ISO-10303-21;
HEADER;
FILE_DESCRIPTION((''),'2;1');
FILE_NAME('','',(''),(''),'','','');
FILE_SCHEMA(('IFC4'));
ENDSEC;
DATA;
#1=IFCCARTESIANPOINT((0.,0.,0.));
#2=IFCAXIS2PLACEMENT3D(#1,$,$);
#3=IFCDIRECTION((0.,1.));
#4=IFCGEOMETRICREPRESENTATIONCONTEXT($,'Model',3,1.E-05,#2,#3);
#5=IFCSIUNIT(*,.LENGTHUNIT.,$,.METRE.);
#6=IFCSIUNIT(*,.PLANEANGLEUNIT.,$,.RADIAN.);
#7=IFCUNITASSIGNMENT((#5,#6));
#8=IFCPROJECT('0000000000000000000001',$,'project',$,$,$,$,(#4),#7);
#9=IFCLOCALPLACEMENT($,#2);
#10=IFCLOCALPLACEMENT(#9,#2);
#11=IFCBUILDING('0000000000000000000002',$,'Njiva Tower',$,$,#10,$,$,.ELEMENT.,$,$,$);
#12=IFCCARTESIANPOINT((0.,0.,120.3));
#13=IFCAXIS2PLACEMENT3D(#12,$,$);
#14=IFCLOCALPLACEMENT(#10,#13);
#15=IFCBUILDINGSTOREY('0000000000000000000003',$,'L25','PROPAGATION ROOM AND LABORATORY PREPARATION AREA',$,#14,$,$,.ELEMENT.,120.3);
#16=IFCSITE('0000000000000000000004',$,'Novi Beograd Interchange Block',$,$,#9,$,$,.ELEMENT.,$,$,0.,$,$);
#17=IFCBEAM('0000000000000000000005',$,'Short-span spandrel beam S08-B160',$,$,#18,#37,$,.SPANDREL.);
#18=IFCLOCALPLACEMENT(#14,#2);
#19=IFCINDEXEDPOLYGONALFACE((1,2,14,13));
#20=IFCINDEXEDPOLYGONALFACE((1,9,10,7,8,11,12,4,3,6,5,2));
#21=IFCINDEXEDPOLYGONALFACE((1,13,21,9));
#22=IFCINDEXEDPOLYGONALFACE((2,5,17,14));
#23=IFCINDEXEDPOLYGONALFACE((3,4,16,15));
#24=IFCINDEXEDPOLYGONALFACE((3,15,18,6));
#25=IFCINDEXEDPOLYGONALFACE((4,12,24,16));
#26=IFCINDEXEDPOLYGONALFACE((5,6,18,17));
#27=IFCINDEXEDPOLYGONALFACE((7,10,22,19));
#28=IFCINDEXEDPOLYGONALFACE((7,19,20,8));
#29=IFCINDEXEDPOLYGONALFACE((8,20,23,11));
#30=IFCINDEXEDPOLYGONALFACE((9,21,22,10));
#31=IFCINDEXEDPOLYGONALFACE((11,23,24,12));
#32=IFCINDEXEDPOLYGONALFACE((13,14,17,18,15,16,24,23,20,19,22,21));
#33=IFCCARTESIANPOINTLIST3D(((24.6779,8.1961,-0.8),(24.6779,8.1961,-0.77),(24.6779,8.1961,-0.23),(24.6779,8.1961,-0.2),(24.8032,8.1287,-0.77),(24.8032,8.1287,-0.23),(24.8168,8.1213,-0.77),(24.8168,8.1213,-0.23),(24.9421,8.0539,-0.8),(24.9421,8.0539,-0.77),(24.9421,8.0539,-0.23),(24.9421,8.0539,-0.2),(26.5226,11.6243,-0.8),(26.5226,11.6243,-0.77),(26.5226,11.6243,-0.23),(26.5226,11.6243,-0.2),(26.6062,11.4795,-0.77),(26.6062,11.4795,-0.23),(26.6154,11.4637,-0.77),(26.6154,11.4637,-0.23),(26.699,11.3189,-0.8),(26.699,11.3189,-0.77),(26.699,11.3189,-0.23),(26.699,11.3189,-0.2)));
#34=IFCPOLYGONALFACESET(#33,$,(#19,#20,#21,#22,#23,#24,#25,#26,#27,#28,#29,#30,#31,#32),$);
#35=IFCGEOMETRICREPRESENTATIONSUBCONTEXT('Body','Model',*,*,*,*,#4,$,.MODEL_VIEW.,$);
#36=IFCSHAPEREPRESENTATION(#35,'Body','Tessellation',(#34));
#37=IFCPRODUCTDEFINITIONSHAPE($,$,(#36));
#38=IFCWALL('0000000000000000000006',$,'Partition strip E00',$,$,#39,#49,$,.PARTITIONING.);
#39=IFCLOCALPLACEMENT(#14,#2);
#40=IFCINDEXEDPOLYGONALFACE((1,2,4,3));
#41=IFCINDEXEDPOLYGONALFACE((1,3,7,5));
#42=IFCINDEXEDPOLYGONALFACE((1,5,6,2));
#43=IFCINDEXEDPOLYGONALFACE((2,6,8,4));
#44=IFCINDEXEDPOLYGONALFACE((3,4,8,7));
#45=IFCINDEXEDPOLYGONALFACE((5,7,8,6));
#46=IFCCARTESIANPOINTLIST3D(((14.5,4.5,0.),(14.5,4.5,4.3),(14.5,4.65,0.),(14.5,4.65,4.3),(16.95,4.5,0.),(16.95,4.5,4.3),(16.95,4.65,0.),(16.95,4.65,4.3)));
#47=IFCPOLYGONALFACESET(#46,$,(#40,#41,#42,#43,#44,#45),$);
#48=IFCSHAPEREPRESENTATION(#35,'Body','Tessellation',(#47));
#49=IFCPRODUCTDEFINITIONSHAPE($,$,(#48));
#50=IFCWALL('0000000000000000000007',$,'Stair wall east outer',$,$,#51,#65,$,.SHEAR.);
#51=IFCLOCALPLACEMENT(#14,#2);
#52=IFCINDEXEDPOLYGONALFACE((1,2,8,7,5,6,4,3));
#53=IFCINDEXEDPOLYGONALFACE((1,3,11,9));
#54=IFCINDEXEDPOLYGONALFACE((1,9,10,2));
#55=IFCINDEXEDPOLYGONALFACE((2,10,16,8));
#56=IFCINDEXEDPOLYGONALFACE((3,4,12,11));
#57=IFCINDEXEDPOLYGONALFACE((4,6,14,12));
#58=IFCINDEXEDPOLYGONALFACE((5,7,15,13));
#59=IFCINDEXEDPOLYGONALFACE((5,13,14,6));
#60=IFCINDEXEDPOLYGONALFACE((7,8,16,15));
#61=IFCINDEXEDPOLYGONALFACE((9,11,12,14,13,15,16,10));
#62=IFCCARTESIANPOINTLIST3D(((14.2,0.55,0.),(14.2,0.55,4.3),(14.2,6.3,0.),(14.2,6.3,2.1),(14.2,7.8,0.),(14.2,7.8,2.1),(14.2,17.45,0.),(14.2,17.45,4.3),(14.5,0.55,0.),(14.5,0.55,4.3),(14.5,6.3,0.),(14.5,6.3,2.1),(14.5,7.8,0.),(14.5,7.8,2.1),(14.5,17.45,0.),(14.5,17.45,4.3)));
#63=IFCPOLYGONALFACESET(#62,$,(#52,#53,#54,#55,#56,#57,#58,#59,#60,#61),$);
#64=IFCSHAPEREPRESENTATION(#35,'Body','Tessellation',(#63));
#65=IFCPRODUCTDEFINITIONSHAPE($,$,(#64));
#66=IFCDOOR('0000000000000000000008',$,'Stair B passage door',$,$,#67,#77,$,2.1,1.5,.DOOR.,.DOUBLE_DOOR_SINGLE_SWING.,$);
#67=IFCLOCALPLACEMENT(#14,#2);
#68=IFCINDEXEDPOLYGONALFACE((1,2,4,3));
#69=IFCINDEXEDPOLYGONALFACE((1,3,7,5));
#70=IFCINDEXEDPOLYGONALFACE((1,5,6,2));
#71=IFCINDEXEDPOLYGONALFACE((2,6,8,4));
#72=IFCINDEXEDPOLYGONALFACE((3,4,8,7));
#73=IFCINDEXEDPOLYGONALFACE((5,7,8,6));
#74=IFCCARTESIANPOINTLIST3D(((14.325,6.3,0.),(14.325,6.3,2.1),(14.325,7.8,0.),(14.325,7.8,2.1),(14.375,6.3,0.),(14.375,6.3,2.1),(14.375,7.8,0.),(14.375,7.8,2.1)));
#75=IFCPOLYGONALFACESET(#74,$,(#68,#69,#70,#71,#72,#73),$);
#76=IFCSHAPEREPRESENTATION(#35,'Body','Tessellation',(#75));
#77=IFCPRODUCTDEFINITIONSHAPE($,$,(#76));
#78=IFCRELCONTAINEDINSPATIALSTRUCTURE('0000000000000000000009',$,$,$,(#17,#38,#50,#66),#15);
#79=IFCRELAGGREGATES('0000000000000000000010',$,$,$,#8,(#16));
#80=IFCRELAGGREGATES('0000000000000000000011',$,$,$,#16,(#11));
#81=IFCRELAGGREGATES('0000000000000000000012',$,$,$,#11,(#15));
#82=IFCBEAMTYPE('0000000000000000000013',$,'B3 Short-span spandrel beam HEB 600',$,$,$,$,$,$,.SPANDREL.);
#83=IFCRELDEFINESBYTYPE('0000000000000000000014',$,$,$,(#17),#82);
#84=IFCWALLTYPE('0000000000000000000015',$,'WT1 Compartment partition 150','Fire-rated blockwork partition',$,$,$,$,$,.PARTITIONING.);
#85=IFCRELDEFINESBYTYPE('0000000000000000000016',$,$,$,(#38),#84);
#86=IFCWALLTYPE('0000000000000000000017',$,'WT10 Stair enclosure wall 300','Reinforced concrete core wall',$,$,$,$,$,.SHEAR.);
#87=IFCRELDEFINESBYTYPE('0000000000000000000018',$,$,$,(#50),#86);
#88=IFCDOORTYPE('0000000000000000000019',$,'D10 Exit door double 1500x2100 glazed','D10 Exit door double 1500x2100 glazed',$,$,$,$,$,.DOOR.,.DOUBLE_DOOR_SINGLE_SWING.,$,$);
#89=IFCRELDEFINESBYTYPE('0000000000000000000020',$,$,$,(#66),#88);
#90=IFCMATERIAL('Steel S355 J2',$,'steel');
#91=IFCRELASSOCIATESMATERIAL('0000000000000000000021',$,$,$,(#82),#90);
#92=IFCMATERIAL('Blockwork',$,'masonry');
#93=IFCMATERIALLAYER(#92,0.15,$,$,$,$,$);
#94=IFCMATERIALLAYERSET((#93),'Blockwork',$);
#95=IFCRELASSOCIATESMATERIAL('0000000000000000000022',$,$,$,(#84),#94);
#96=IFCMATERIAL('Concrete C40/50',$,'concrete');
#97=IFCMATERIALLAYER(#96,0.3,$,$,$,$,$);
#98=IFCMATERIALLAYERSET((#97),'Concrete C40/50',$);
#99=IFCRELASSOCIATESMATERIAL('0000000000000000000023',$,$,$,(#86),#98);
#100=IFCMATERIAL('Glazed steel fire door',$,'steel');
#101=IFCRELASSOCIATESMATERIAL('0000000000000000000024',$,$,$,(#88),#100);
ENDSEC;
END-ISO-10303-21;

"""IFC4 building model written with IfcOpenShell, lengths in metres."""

from ifc_helpers import new_model, si_unit, direction, frame, frame_2d, origin, origin_2d, place, context, subcontext, project, spatial, rectangle, i_section, extrude, clip, halfspace, material, layer, layer_set, material_profile, profile_set, type_object, element, fill, save


model = new_model("IFC4")

# Units and contexts
model_context = context("Model", 3, precision=1e-05, world=origin(), true_north=direction((0.0, 1.0)))
body_context = subcontext(model_context, "Body", "Model", "MODEL_VIEW")
ifc_project = project(units=[si_unit("LENGTHUNIT", "METRE"), si_unit("PLANEANGLEUNIT", "RADIAN")], contexts=[model_context])

# Site, building, storey
site_placement = place(None, origin())
site = spatial("IfcSite", under=ifc_project, at=site_placement, Name="Novi Beograd Interchange Block", CompositionType="ELEMENT", RefElevation=0.0)
building_placement = place(site_placement, origin())
building = spatial("IfcBuilding", under=site, at=building_placement, Name="Njiva Tower", CompositionType="ELEMENT")
storey_placement = place(building_placement, frame((0.0, 0.0, 120.3)))
storey = spatial("IfcBuildingStorey", under=building, at=storey_placement, Name="L25", Description="PROPAGATION ROOM AND LABORATORY PREPARATION AREA", CompositionType="ELEMENT", Elevation=120.3)

# Shared definitions
ifc_material_1 = material(Name="Steel S355 J2", Category="steel")

# Beam
ifc_material_profile_1 = material_profile(ifc_material_1, i_section(OverallWidth=0.3, OverallDepth=0.6, WebThickness=0.0155, FlangeThickness=0.03, at=origin_2d()), Name="HEB 600")
ifc_profile_set_1 = profile_set([ifc_material_profile_1], Name="Steel S355 J2")
beam_type_1 = type_object("IfcBeamType", Name="B3 Short-span spandrel beam HEB 600", PredefinedType="SPANDREL", material=ifc_profile_set_1)
beam_1_placement = place(storey_placement, frame((24.81, 8.125, -0.5), z_axis=(0.473849, 0.880606, 0.0), x_axis=(-0.880606, 0.473849, 0.0)))
element("IfcBeam", 1, at=beam_1_placement, inside=storey, type_object=beam_type_1, Name="Short-span spandrel beam S08-B160", PredefinedType="SPANDREL", context=body_context, shape_type="Clipping", body=[
    clip(extrude(i_section(OverallWidth=0.3, OverallDepth=0.6, WebThickness=0.0155, FlangeThickness=0.03, at=origin_2d()), origin(), (0.0, 0.0, 1.0), 3.9138), halfspace(frame((-0.026, 0.0, 3.7843), z_axis=(-0.525705, 0.0, 0.850667), x_axis=(0.0, 1.0, 0.0)), False)),
])

# Wall
ifc_material_2 = material(Name="Blockwork", Category="masonry")
ifc_layer_1 = layer(ifc_material_2, 0.15)
ifc_layer_set_1 = layer_set([ifc_layer_1], Name="Blockwork")
wall_type_1 = type_object("IfcWallType", Name="WT1 Compartment partition 150", Description="Fire-rated blockwork partition", PredefinedType="PARTITIONING", material=ifc_layer_set_1)
wall_1_placement = place(storey_placement, frame((14.5, 4.575, 0.0), z_axis=(0.0, 0.0, 1.0), x_axis=(1.0, 0.0, 0.0)))
element("IfcWall", 2, at=wall_1_placement, inside=storey, type_object=wall_type_1, Name="Partition strip E00", PredefinedType="PARTITIONING", context=body_context, shape_type="SweptSolid", body=[
    extrude(rectangle(XDim=2.45, YDim=0.15, at=frame_2d((1.225, 0.0))), origin(), (0.0, 0.0, 1.0), 4.3),
])

# Wall, opening, door
ifc_material_3 = material(Name="Concrete C40/50", Category="concrete")
ifc_layer_2 = layer(ifc_material_3, 0.3)
ifc_layer_set_2 = layer_set([ifc_layer_2], Name="Concrete C40/50")
wall_type_2 = type_object("IfcWallType", Name="WT10 Stair enclosure wall 300", Description="Reinforced concrete core wall", PredefinedType="SHEAR", material=ifc_layer_set_2)
wall_2_placement = place(storey_placement, frame((14.35, 0.55, 0.0), z_axis=(0.0, 0.0, 1.0), x_axis=(0.0, 1.0, 0.0)))
wall_2 = element("IfcWall", 3, at=wall_2_placement, inside=storey, type_object=wall_type_2, Name="Stair wall east outer", PredefinedType="SHEAR", context=body_context, shape_type="SweptSolid", body=[
    extrude(rectangle(XDim=16.9, YDim=0.3, at=frame_2d((8.45, 0.0))), origin(), (0.0, 0.0, 1.0), 4.3),
])
opening_1_placement = place(wall_2_placement, frame((5.75, 0.0, 0.0)))
opening_1 = element("IfcOpeningElement", 4, at=opening_1_placement, cuts=wall_2, PredefinedType="OPENING", context=body_context, shape_type="SweptSolid", body=[
    extrude(rectangle(XDim=1.5, YDim=2.1, at=frame_2d((0.75, 1.05))), frame((0.0, 0.16, 0.0), z_axis=(0.0, -1.0, 0.0), x_axis=(1.0, 0.0, 0.0)), (0.0, 0.0, 1.0), 0.32),
])
ifc_material_4 = material(Name="Glazed steel fire door", Category="steel")
door_type_1 = type_object("IfcDoorType", Name="D10 Exit door double 1500x2100 glazed", Description="D10 Exit door double 1500x2100 glazed", OperationType="DOUBLE_DOOR_SINGLE_SWING", PredefinedType="DOOR", material=ifc_material_4)
door_1_placement = place(opening_1_placement, origin())
door_1 = element("IfcDoor", 5, at=door_1_placement, inside=storey, type_object=door_type_1, Name="Stair B passage door", OperationType="DOUBLE_DOOR_SINGLE_SWING", OverallHeight=2.1, OverallWidth=1.5, PredefinedType="DOOR", context=body_context, shape_type="SweptSolid", body=[
    extrude(rectangle(XDim=1.5, YDim=2.1, at=frame_2d((0.75, 1.05))), frame((0.0, 0.025, 0.0), z_axis=(0.0, -1.0, 0.0), x_axis=(1.0, 0.0, 0.0)), (0.0, 0.0, 1.0), 0.05),
])
fill(opening_1, door_1)

save(model, "model.ifc")
